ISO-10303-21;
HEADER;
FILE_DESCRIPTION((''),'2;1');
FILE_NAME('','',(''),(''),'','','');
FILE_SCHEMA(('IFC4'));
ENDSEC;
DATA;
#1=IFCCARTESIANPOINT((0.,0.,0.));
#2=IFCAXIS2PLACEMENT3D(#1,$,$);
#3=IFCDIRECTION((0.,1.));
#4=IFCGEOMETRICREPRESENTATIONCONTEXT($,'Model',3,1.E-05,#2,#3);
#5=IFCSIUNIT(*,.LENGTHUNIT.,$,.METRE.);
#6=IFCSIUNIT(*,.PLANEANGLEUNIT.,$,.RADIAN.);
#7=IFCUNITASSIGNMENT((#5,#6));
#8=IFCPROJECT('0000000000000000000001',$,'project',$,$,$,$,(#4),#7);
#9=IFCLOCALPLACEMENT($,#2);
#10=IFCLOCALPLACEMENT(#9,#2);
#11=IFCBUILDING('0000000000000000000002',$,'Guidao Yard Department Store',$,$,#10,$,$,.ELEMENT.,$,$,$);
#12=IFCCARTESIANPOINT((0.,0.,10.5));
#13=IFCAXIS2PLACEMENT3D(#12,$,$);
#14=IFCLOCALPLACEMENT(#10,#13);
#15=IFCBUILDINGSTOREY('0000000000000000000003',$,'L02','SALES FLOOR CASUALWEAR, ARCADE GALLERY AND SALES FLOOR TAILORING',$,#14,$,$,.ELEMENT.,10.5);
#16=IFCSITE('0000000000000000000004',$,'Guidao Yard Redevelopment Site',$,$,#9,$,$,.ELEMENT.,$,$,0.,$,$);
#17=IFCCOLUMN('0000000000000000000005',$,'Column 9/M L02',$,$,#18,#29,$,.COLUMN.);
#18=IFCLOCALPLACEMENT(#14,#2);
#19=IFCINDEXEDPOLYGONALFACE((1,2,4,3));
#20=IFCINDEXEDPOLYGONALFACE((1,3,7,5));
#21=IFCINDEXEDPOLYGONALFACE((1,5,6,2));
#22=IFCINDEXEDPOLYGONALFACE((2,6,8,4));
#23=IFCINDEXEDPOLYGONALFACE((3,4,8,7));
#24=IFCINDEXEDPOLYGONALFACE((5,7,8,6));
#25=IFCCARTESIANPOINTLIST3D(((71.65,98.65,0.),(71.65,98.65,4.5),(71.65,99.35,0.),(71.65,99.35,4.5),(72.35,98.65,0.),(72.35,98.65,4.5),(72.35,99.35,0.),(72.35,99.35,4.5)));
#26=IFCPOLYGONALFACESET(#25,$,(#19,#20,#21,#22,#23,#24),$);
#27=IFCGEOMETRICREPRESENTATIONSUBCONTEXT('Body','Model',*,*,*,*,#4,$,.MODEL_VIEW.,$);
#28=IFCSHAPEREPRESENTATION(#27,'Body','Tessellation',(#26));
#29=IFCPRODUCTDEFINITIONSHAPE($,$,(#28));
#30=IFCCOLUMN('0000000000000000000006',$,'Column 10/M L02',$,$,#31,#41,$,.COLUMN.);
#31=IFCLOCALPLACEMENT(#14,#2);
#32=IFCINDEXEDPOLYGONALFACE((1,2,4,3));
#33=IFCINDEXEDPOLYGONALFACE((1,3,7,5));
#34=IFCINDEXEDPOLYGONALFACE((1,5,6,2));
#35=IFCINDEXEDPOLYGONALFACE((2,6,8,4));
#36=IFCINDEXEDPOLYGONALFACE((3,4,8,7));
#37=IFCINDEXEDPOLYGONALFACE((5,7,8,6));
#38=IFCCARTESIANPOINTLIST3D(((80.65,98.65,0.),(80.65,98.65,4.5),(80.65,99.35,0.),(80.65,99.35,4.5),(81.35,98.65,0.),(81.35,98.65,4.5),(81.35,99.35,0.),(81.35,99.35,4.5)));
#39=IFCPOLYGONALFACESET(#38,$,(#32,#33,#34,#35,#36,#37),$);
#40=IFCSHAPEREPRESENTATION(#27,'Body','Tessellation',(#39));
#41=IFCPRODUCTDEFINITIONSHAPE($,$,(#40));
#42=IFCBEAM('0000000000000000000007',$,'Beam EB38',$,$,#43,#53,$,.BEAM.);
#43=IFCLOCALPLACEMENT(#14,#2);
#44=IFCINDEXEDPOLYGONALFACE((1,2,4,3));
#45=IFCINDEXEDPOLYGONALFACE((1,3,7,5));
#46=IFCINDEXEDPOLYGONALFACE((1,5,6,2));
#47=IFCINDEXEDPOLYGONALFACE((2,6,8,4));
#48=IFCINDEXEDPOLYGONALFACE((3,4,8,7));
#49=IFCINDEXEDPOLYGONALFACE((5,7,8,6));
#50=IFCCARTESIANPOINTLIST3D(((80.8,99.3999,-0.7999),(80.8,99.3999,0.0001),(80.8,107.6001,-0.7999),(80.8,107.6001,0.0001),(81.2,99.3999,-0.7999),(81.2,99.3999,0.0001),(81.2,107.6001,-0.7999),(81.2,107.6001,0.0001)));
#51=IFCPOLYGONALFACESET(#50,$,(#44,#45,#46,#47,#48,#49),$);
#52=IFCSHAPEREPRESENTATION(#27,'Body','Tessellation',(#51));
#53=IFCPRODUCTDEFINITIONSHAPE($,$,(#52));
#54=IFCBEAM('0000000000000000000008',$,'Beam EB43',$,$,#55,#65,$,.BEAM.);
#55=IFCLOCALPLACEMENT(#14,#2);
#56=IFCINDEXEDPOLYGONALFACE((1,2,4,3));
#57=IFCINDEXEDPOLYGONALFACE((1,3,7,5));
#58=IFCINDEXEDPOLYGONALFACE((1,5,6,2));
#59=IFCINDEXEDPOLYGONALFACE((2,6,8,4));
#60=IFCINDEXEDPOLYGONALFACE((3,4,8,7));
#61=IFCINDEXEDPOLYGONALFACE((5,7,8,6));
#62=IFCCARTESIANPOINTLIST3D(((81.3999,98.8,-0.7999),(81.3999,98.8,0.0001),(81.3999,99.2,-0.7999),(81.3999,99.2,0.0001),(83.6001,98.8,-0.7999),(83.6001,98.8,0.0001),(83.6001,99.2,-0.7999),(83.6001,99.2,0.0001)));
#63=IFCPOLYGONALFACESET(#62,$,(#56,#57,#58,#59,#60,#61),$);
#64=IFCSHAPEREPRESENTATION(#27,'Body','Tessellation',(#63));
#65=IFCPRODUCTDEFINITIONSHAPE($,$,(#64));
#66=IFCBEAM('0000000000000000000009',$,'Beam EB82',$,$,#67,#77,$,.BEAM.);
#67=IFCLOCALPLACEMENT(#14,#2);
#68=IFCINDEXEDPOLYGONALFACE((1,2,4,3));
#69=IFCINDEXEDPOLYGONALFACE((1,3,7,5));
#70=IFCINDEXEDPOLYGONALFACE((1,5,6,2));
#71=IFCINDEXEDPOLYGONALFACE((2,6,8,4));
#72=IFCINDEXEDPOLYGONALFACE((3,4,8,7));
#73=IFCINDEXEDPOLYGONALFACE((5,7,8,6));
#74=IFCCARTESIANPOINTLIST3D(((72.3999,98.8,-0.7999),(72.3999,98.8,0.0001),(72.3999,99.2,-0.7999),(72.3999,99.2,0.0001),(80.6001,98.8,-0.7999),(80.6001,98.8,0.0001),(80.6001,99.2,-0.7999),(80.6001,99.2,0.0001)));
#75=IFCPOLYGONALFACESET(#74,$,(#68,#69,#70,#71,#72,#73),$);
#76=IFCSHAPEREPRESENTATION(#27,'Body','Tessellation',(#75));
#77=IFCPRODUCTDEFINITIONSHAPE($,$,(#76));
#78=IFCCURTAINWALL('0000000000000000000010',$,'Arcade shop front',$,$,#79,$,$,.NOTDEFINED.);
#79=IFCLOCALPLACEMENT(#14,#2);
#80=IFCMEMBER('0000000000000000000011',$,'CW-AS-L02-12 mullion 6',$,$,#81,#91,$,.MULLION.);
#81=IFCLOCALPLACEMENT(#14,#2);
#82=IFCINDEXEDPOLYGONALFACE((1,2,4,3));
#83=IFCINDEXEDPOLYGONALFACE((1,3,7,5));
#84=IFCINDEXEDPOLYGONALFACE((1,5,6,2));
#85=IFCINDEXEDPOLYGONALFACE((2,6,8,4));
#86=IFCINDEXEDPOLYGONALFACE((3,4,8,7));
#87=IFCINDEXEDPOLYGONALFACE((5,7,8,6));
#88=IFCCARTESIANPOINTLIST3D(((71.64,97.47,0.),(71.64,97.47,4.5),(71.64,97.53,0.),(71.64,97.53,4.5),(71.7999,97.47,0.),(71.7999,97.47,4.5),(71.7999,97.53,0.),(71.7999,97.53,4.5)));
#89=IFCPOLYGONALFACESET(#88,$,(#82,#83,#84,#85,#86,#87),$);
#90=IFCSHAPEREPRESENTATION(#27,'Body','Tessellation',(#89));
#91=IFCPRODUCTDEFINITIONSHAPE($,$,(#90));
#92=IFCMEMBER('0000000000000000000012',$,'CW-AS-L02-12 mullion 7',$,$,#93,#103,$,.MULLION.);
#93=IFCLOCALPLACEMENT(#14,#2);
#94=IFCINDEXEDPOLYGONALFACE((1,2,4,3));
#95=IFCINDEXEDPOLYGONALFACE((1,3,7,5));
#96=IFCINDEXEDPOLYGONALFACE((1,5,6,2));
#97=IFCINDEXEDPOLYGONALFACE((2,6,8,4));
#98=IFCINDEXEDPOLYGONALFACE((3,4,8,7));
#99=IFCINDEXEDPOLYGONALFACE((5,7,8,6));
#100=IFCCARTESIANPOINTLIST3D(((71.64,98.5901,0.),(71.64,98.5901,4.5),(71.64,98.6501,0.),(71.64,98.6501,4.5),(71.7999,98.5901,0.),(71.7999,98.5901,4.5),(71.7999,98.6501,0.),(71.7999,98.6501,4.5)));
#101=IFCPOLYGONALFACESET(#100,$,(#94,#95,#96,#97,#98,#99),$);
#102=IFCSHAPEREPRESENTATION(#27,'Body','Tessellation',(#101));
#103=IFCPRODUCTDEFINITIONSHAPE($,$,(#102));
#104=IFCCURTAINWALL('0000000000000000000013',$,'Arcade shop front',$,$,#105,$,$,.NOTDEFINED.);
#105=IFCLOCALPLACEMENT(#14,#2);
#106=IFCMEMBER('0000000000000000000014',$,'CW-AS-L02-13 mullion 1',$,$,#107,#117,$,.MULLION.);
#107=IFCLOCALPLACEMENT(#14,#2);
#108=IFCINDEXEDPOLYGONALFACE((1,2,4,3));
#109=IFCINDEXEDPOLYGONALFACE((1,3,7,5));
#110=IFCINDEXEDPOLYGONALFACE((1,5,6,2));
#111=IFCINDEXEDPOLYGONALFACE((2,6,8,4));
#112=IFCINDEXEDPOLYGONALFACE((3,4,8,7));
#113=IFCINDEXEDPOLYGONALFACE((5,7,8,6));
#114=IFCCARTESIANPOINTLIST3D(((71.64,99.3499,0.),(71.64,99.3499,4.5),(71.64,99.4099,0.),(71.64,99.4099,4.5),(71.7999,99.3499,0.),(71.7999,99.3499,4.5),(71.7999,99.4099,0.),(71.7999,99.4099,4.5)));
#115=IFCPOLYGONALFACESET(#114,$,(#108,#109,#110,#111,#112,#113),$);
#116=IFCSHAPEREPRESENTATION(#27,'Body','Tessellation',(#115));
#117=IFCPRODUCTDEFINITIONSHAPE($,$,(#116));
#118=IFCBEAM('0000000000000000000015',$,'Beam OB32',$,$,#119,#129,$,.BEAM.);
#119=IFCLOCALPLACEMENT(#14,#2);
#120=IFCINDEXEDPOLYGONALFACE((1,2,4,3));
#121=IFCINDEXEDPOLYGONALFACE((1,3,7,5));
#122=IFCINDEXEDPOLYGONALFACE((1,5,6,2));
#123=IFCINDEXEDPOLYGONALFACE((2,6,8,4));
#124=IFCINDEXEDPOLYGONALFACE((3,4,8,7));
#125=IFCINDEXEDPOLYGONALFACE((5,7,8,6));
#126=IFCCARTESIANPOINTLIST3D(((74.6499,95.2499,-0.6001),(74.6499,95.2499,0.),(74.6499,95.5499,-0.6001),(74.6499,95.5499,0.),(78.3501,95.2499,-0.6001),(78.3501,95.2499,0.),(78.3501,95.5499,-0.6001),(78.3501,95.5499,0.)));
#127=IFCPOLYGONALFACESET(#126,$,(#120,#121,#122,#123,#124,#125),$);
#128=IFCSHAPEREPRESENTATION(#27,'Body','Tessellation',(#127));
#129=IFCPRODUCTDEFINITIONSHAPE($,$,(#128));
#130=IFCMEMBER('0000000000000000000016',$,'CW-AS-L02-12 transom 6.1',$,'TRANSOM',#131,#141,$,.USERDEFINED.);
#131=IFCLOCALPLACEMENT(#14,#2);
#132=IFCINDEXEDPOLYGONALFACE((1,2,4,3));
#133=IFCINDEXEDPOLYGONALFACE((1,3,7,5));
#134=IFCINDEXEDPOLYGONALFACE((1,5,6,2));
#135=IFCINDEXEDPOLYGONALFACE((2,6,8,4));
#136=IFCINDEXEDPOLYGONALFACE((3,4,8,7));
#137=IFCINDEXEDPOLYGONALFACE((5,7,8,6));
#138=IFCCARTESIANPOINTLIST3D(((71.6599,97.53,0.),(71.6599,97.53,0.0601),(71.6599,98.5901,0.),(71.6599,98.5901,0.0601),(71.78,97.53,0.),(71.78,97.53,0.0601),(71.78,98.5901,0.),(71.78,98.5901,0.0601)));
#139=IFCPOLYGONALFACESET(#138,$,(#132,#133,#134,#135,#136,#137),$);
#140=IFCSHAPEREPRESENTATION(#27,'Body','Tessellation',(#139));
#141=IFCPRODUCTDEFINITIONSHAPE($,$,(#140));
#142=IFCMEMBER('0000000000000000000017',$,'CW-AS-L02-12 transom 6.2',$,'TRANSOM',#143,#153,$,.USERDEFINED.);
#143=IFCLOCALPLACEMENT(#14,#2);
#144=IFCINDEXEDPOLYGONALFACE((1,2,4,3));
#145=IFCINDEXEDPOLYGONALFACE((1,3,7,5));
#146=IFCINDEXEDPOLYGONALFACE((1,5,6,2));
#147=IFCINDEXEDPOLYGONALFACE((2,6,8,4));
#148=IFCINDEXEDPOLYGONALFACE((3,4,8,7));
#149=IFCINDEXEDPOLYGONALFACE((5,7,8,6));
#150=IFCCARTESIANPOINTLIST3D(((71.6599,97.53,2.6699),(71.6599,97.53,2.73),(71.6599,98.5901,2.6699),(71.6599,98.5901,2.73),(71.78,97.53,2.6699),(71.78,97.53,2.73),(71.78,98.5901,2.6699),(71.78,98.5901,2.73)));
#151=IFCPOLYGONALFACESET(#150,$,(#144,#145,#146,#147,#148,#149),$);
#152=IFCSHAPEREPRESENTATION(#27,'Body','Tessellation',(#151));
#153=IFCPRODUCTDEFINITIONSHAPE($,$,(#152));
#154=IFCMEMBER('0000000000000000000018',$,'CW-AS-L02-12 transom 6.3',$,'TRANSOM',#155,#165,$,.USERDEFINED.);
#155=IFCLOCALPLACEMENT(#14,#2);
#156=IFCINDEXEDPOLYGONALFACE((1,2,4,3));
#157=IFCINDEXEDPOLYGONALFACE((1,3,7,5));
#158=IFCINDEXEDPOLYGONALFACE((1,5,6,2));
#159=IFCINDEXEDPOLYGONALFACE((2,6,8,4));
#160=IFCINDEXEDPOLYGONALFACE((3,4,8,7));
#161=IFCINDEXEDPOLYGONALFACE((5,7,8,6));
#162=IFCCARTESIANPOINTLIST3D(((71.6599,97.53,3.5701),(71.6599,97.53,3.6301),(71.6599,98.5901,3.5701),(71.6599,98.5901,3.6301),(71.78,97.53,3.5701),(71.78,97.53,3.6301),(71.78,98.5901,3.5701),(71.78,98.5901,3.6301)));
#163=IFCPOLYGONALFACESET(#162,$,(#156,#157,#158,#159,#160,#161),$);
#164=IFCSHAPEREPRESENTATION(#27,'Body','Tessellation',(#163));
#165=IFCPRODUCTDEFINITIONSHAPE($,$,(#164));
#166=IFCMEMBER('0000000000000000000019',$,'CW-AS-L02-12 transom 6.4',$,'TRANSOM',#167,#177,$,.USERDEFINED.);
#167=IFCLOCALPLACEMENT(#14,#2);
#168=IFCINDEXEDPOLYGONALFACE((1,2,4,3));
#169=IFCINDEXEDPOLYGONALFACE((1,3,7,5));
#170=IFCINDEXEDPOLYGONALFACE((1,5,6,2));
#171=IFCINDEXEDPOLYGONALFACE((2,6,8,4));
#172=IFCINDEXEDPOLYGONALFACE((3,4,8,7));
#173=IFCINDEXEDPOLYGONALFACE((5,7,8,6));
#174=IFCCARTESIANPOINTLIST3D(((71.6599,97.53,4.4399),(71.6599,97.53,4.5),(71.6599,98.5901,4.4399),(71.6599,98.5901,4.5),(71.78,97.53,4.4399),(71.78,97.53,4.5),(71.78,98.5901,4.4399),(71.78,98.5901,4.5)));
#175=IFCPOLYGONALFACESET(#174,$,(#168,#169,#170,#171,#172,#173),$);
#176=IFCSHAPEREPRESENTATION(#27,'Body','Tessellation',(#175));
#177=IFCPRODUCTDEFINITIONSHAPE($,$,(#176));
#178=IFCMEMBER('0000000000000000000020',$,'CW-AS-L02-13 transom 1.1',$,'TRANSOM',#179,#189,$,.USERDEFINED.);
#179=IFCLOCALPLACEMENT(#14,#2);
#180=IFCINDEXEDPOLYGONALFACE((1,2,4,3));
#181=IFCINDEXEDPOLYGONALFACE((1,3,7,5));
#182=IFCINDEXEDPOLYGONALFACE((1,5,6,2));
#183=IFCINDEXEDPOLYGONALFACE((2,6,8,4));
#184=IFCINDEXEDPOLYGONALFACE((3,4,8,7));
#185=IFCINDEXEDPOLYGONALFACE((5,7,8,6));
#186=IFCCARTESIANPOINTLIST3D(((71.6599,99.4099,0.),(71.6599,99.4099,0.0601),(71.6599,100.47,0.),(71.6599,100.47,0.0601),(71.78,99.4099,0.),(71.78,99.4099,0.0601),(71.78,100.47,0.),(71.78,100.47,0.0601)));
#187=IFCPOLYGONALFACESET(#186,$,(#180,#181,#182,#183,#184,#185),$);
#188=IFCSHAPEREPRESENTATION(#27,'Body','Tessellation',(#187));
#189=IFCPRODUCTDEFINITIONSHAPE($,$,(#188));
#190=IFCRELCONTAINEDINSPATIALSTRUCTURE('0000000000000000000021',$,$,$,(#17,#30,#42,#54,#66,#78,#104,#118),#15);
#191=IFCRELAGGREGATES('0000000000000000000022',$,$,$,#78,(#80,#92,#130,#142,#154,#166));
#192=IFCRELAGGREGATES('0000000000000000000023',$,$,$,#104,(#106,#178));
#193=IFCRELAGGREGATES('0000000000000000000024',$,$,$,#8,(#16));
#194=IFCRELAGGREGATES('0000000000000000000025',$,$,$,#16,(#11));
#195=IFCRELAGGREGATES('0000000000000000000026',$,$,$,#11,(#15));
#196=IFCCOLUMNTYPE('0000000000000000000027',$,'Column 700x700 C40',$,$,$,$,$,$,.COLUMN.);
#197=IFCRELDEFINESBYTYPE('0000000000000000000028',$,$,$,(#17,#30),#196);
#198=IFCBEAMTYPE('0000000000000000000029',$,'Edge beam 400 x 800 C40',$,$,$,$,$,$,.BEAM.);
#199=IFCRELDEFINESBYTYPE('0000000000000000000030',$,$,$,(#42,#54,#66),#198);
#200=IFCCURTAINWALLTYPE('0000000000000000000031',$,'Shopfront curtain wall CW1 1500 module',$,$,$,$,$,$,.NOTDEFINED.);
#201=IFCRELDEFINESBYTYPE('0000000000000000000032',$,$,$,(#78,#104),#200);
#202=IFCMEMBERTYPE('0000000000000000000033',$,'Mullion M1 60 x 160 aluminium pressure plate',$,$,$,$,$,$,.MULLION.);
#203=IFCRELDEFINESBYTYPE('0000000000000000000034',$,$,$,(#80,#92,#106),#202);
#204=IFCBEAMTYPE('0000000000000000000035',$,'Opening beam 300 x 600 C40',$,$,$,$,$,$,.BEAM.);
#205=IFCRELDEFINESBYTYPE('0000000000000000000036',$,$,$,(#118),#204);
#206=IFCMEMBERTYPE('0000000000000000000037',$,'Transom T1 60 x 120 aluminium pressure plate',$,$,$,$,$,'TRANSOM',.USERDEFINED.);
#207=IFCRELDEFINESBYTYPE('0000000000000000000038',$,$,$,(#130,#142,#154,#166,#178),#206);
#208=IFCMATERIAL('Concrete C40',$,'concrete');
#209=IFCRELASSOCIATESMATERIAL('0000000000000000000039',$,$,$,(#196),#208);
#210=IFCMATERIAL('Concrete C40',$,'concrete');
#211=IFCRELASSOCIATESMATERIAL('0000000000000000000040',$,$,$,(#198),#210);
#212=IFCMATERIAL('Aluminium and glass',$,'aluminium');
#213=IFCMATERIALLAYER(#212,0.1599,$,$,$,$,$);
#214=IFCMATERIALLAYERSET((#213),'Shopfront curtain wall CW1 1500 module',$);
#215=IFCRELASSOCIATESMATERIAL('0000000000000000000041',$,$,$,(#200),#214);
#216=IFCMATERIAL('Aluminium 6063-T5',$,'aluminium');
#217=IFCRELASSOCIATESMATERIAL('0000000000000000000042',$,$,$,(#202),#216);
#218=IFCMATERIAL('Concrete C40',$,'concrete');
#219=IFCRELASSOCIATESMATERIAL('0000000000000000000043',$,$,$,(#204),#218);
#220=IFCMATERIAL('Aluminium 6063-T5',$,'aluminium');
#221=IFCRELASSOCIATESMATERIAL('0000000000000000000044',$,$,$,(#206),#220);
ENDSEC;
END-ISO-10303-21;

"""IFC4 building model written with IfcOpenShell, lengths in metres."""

from ifc_helpers import new_model, si_unit, direction, frame, origin, origin_2d, place, context, subcontext, project, spatial, rectangle, extrude, material, layer, layer_set, material_profile, profile_set, type_object, element, aggregate, save


model = new_model("IFC4")

# Units and contexts
model_context = context("Model", 3, precision=1e-05, world=origin(), true_north=direction((0.0, 1.0)))
body_context = subcontext(model_context, "Body", "Model", "MODEL_VIEW")
ifc_project = project(units=[si_unit("LENGTHUNIT", "METRE"), si_unit("PLANEANGLEUNIT", "RADIAN")], contexts=[model_context])

# Site, building, storey
site_placement = place(None, origin())
site = spatial("IfcSite", under=ifc_project, at=site_placement, Name="Guidao Yard Redevelopment Site", CompositionType="ELEMENT", RefElevation=0.0)
building_placement = place(site_placement, origin())
building = spatial("IfcBuilding", under=site, at=building_placement, Name="Guidao Yard Department Store", CompositionType="ELEMENT")
storey_placement = place(building_placement, frame((0.0, 0.0, 10.5)))
storey = spatial("IfcBuildingStorey", under=building, at=storey_placement, Name="L02", Description="SALES FLOOR CASUALWEAR, ARCADE GALLERY AND SALES FLOOR TAILORING", CompositionType="ELEMENT", Elevation=10.5)

# Columns
ifc_material_1 = material(Name="Concrete C40", Category="concrete")
ifc_material_profile_1 = material_profile(ifc_material_1, rectangle(XDim=0.7, YDim=0.7, at=origin_2d()), Name="COL 700x700")
ifc_profile_set_1 = profile_set([ifc_material_profile_1], Name="Concrete C40")
column_type = type_object("IfcColumnType", Name="Column 700x700 C40", PredefinedType="COLUMN", material=ifc_profile_set_1)
for number, where, z_axis, x_axis, name in (
    (1, (72.0, 99.0, 0.0), (0.0, 0.0, 1.0), (1.0, 0.0, 0.0), "Column 9/M L02"),
    (2, (81.0, 99.0, 0.0), (0.0, 0.0, 1.0), (1.0, 0.0, 0.0), "Column 10/M L02"),
):
    element("IfcColumn", number, at=place(storey_placement, frame(where, z_axis=z_axis, x_axis=x_axis)), inside=storey, type_object=column_type, Name=name, PredefinedType="COLUMN", context=body_context, shape_type="SweptSolid", body=[
        extrude(rectangle(XDim=0.7, YDim=0.7, at=origin_2d()), origin(), (0.0, 0.0, 1.0), 4.5),
    ])

# Beams
ifc_material_2 = material(Name="Concrete C40", Category="concrete")
ifc_material_profile_2 = material_profile(ifc_material_2, rectangle(XDim=0.3999, YDim=0.8, at=origin_2d()), Name="Edge beam 400 x 800 C40")
ifc_profile_set_2 = profile_set([ifc_material_profile_2], Name="Concrete C40")
beam_type_1 = type_object("IfcBeamType", Name="Edge beam 400 x 800 C40", PredefinedType="BEAM", material=ifc_profile_set_2)
beam_1_placement = place(storey_placement, frame((81.0, 99.3999, -0.3999), z_axis=(0.0, 1.0, 0.0), x_axis=(-1.0, 0.0, 0.0)))
element("IfcBeam", 3, at=beam_1_placement, inside=storey, type_object=beam_type_1, Name="Beam EB38", PredefinedType="BEAM", context=body_context, shape_type="SweptSolid", body=[
    extrude(rectangle(XDim=0.3999, YDim=0.8, at=origin_2d()), origin(), (0.0, 0.0, 1.0), 8.2002),
])
beam_2_placement = place(storey_placement, frame((81.3999, 99.0, -0.3999), z_axis=(1.0, 0.0, 0.0), x_axis=(0.0, 1.0, 0.0)))
element("IfcBeam", 4, at=beam_2_placement, inside=storey, type_object=beam_type_1, Name="Beam EB43", PredefinedType="BEAM", context=body_context, shape_type="SweptSolid", body=[
    extrude(rectangle(XDim=0.3999, YDim=0.8, at=origin_2d()), origin(), (0.0, 0.0, 1.0), 2.2002),
])
beam_3_placement = place(storey_placement, frame((72.3999, 99.0, -0.3999), z_axis=(1.0, 0.0, 0.0), x_axis=(0.0, 1.0, 0.0)))
element("IfcBeam", 5, at=beam_3_placement, inside=storey, type_object=beam_type_1, Name="Beam EB82", PredefinedType="BEAM", context=body_context, shape_type="SweptSolid", body=[
    extrude(rectangle(XDim=0.3999, YDim=0.8, at=origin_2d()), origin(), (0.0, 0.0, 1.0), 8.2002),
])

# Curtain wall, members
ifc_material_3 = material(Name="Aluminium and glass", Category="aluminium")
ifc_layer_1 = layer(ifc_material_3, 0.1599)
ifc_layer_set_1 = layer_set([ifc_layer_1], Name="Shopfront curtain wall CW1 1500 module")
curtain_wall_type = type_object("IfcCurtainWallType", Name="Shopfront curtain wall CW1 1500 module", PredefinedType="NOTDEFINED", material=ifc_layer_set_1)
curtain_wall_1_placement = place(storey_placement, origin())
curtain_wall_1 = element("IfcCurtainWall", 6, at=curtain_wall_1_placement, inside=storey, type_object=curtain_wall_type, Name="Arcade shop front", PredefinedType="NOTDEFINED")
ifc_material_4 = material(Name="Aluminium 6063-T5", Category="aluminium")
ifc_material_profile_3 = material_profile(ifc_material_4, rectangle(XDim=0.0601, YDim=0.1599, at=origin_2d()), Name="Mullion M1 60 x 160 aluminium pressure plate")
ifc_profile_set_3 = profile_set([ifc_material_profile_3], Name="Aluminium 6063-T5")
member_type_1 = type_object("IfcMemberType", Name="Mullion M1 60 x 160 aluminium pressure plate", PredefinedType="MULLION", material=ifc_profile_set_3)
member_1_placement = place(storey_placement, frame((71.72, 97.5, 0.0), z_axis=(0.0, 0.0, 1.0), x_axis=(0.0, 1.0, 0.0)))
member_1 = element("IfcMember", 7, at=member_1_placement, type_object=member_type_1, Name="CW-AS-L02-12 mullion 6", PredefinedType="MULLION", context=body_context, shape_type="SweptSolid", body=[
    extrude(rectangle(XDim=0.0601, YDim=0.1599, at=origin_2d()), origin(), (0.0, 0.0, 1.0), 4.5),
])
member_2_placement = place(storey_placement, frame((71.72, 98.6201, 0.0), z_axis=(0.0, 0.0, 1.0), x_axis=(0.0, 1.0, 0.0)))
member_2 = element("IfcMember", 8, at=member_2_placement, type_object=member_type_1, Name="CW-AS-L02-12 mullion 7", PredefinedType="MULLION", context=body_context, shape_type="SweptSolid", body=[
    extrude(rectangle(XDim=0.0601, YDim=0.1599, at=origin_2d()), origin(), (0.0, 0.0, 1.0), 4.5),
])

# Curtain wall, member
curtain_wall_2_placement = place(storey_placement, origin())
curtain_wall_2 = element("IfcCurtainWall", 9, at=curtain_wall_2_placement, inside=storey, type_object=curtain_wall_type, Name="Arcade shop front", PredefinedType="NOTDEFINED")
member_3_placement = place(storey_placement, frame((71.72, 99.3799, 0.0), z_axis=(0.0, 0.0, 1.0), x_axis=(0.0, 1.0, 0.0)))
member_3 = element("IfcMember", 10, at=member_3_placement, type_object=member_type_1, Name="CW-AS-L02-13 mullion 1", PredefinedType="MULLION", context=body_context, shape_type="SweptSolid", body=[
    extrude(rectangle(XDim=0.0601, YDim=0.1599, at=origin_2d()), origin(), (0.0, 0.0, 1.0), 4.5),
])

# Beam
ifc_material_5 = material(Name="Concrete C40", Category="concrete")
ifc_material_profile_4 = material_profile(ifc_material_5, rectangle(XDim=0.3, YDim=0.6001, at=origin_2d()), Name="Opening beam 300 x 600 C40")
ifc_profile_set_4 = profile_set([ifc_material_profile_4], Name="Concrete C40")
beam_type_2 = type_object("IfcBeamType", Name="Opening beam 300 x 600 C40", PredefinedType="BEAM", material=ifc_profile_set_4)
beam_4_placement = place(storey_placement, frame((74.6499, 95.3999, -0.3), z_axis=(1.0, 0.0, 0.0), x_axis=(0.0, 1.0, 0.0)))
element("IfcBeam", 11, at=beam_4_placement, inside=storey, type_object=beam_type_2, Name="Beam OB32", PredefinedType="BEAM", context=body_context, shape_type="SweptSolid", body=[
    extrude(rectangle(XDim=0.3, YDim=0.6001, at=origin_2d()), origin(), (0.0, 0.0, 1.0), 3.7002),
])

# Members
ifc_material_6 = material(Name="Aluminium 6063-T5", Category="aluminium")
ifc_material_profile_5 = material_profile(ifc_material_6, rectangle(XDim=0.1201, YDim=0.0601, at=origin_2d()), Name="Transom T1 60 x 120 aluminium pressure plate")
ifc_profile_set_5 = profile_set([ifc_material_profile_5], Name="Aluminium 6063-T5")
member_type_2 = type_object("IfcMemberType", Name="Transom T1 60 x 120 aluminium pressure plate", ElementType="TRANSOM", PredefinedType="USERDEFINED", material=ifc_profile_set_5)
member_4_placement = place(storey_placement, frame((71.72, 97.53, 0.03), z_axis=(0.0, 1.0, 0.0), x_axis=(-1.0, 0.0, 0.0)))
member_4 = element("IfcMember", 12, at=member_4_placement, type_object=member_type_2, Name="CW-AS-L02-12 transom 6.1", ObjectType="TRANSOM", PredefinedType="USERDEFINED", context=body_context, shape_type="SweptSolid", body=[
    extrude(rectangle(XDim=0.1201, YDim=0.0601, at=origin_2d()), origin(), (0.0, 0.0, 1.0), 1.0601),
])
member_5_placement = place(storey_placement, frame((71.72, 97.53, 2.7), z_axis=(0.0, 1.0, 0.0), x_axis=(-1.0, 0.0, 0.0)))
member_5 = element("IfcMember", 13, at=member_5_placement, type_object=member_type_2, Name="CW-AS-L02-12 transom 6.2", ObjectType="TRANSOM", PredefinedType="USERDEFINED", context=body_context, shape_type="SweptSolid", body=[
    extrude(rectangle(XDim=0.1201, YDim=0.0601, at=origin_2d()), origin(), (0.0, 0.0, 1.0), 1.0601),
])
member_6_placement = place(storey_placement, frame((71.72, 97.53, 3.6001), z_axis=(0.0, 1.0, 0.0), x_axis=(-1.0, 0.0, 0.0)))
member_6 = element("IfcMember", 14, at=member_6_placement, type_object=member_type_2, Name="CW-AS-L02-12 transom 6.3", ObjectType="TRANSOM", PredefinedType="USERDEFINED", context=body_context, shape_type="SweptSolid", body=[
    extrude(rectangle(XDim=0.1201, YDim=0.0601, at=origin_2d()), origin(), (0.0, 0.0, 1.0), 1.0601),
])
member_7_placement = place(storey_placement, frame((71.72, 97.53, 4.47), z_axis=(0.0, 1.0, 0.0), x_axis=(-1.0, 0.0, 0.0)))
member_7 = element("IfcMember", 15, at=member_7_placement, type_object=member_type_2, Name="CW-AS-L02-12 transom 6.4", ObjectType="TRANSOM", PredefinedType="USERDEFINED", context=body_context, shape_type="SweptSolid", body=[
    extrude(rectangle(XDim=0.1201, YDim=0.0601, at=origin_2d()), origin(), (0.0, 0.0, 1.0), 1.0601),
])
member_8_placement = place(storey_placement, frame((71.72, 99.4099, 0.03), z_axis=(0.0, 1.0, 0.0), x_axis=(-1.0, 0.0, 0.0)))
member_8 = element("IfcMember", 16, at=member_8_placement, type_object=member_type_2, Name="CW-AS-L02-13 transom 1.1", ObjectType="TRANSOM", PredefinedType="USERDEFINED", context=body_context, shape_type="SweptSolid", body=[
    extrude(rectangle(XDim=0.1201, YDim=0.0601, at=origin_2d()), origin(), (0.0, 0.0, 1.0), 1.0601),
])

aggregate(curtain_wall_1, [member_1, member_2, member_4, member_5, member_6, member_7])
aggregate(curtain_wall_2, [member_3, member_8])

save(model, "model.ifc")
